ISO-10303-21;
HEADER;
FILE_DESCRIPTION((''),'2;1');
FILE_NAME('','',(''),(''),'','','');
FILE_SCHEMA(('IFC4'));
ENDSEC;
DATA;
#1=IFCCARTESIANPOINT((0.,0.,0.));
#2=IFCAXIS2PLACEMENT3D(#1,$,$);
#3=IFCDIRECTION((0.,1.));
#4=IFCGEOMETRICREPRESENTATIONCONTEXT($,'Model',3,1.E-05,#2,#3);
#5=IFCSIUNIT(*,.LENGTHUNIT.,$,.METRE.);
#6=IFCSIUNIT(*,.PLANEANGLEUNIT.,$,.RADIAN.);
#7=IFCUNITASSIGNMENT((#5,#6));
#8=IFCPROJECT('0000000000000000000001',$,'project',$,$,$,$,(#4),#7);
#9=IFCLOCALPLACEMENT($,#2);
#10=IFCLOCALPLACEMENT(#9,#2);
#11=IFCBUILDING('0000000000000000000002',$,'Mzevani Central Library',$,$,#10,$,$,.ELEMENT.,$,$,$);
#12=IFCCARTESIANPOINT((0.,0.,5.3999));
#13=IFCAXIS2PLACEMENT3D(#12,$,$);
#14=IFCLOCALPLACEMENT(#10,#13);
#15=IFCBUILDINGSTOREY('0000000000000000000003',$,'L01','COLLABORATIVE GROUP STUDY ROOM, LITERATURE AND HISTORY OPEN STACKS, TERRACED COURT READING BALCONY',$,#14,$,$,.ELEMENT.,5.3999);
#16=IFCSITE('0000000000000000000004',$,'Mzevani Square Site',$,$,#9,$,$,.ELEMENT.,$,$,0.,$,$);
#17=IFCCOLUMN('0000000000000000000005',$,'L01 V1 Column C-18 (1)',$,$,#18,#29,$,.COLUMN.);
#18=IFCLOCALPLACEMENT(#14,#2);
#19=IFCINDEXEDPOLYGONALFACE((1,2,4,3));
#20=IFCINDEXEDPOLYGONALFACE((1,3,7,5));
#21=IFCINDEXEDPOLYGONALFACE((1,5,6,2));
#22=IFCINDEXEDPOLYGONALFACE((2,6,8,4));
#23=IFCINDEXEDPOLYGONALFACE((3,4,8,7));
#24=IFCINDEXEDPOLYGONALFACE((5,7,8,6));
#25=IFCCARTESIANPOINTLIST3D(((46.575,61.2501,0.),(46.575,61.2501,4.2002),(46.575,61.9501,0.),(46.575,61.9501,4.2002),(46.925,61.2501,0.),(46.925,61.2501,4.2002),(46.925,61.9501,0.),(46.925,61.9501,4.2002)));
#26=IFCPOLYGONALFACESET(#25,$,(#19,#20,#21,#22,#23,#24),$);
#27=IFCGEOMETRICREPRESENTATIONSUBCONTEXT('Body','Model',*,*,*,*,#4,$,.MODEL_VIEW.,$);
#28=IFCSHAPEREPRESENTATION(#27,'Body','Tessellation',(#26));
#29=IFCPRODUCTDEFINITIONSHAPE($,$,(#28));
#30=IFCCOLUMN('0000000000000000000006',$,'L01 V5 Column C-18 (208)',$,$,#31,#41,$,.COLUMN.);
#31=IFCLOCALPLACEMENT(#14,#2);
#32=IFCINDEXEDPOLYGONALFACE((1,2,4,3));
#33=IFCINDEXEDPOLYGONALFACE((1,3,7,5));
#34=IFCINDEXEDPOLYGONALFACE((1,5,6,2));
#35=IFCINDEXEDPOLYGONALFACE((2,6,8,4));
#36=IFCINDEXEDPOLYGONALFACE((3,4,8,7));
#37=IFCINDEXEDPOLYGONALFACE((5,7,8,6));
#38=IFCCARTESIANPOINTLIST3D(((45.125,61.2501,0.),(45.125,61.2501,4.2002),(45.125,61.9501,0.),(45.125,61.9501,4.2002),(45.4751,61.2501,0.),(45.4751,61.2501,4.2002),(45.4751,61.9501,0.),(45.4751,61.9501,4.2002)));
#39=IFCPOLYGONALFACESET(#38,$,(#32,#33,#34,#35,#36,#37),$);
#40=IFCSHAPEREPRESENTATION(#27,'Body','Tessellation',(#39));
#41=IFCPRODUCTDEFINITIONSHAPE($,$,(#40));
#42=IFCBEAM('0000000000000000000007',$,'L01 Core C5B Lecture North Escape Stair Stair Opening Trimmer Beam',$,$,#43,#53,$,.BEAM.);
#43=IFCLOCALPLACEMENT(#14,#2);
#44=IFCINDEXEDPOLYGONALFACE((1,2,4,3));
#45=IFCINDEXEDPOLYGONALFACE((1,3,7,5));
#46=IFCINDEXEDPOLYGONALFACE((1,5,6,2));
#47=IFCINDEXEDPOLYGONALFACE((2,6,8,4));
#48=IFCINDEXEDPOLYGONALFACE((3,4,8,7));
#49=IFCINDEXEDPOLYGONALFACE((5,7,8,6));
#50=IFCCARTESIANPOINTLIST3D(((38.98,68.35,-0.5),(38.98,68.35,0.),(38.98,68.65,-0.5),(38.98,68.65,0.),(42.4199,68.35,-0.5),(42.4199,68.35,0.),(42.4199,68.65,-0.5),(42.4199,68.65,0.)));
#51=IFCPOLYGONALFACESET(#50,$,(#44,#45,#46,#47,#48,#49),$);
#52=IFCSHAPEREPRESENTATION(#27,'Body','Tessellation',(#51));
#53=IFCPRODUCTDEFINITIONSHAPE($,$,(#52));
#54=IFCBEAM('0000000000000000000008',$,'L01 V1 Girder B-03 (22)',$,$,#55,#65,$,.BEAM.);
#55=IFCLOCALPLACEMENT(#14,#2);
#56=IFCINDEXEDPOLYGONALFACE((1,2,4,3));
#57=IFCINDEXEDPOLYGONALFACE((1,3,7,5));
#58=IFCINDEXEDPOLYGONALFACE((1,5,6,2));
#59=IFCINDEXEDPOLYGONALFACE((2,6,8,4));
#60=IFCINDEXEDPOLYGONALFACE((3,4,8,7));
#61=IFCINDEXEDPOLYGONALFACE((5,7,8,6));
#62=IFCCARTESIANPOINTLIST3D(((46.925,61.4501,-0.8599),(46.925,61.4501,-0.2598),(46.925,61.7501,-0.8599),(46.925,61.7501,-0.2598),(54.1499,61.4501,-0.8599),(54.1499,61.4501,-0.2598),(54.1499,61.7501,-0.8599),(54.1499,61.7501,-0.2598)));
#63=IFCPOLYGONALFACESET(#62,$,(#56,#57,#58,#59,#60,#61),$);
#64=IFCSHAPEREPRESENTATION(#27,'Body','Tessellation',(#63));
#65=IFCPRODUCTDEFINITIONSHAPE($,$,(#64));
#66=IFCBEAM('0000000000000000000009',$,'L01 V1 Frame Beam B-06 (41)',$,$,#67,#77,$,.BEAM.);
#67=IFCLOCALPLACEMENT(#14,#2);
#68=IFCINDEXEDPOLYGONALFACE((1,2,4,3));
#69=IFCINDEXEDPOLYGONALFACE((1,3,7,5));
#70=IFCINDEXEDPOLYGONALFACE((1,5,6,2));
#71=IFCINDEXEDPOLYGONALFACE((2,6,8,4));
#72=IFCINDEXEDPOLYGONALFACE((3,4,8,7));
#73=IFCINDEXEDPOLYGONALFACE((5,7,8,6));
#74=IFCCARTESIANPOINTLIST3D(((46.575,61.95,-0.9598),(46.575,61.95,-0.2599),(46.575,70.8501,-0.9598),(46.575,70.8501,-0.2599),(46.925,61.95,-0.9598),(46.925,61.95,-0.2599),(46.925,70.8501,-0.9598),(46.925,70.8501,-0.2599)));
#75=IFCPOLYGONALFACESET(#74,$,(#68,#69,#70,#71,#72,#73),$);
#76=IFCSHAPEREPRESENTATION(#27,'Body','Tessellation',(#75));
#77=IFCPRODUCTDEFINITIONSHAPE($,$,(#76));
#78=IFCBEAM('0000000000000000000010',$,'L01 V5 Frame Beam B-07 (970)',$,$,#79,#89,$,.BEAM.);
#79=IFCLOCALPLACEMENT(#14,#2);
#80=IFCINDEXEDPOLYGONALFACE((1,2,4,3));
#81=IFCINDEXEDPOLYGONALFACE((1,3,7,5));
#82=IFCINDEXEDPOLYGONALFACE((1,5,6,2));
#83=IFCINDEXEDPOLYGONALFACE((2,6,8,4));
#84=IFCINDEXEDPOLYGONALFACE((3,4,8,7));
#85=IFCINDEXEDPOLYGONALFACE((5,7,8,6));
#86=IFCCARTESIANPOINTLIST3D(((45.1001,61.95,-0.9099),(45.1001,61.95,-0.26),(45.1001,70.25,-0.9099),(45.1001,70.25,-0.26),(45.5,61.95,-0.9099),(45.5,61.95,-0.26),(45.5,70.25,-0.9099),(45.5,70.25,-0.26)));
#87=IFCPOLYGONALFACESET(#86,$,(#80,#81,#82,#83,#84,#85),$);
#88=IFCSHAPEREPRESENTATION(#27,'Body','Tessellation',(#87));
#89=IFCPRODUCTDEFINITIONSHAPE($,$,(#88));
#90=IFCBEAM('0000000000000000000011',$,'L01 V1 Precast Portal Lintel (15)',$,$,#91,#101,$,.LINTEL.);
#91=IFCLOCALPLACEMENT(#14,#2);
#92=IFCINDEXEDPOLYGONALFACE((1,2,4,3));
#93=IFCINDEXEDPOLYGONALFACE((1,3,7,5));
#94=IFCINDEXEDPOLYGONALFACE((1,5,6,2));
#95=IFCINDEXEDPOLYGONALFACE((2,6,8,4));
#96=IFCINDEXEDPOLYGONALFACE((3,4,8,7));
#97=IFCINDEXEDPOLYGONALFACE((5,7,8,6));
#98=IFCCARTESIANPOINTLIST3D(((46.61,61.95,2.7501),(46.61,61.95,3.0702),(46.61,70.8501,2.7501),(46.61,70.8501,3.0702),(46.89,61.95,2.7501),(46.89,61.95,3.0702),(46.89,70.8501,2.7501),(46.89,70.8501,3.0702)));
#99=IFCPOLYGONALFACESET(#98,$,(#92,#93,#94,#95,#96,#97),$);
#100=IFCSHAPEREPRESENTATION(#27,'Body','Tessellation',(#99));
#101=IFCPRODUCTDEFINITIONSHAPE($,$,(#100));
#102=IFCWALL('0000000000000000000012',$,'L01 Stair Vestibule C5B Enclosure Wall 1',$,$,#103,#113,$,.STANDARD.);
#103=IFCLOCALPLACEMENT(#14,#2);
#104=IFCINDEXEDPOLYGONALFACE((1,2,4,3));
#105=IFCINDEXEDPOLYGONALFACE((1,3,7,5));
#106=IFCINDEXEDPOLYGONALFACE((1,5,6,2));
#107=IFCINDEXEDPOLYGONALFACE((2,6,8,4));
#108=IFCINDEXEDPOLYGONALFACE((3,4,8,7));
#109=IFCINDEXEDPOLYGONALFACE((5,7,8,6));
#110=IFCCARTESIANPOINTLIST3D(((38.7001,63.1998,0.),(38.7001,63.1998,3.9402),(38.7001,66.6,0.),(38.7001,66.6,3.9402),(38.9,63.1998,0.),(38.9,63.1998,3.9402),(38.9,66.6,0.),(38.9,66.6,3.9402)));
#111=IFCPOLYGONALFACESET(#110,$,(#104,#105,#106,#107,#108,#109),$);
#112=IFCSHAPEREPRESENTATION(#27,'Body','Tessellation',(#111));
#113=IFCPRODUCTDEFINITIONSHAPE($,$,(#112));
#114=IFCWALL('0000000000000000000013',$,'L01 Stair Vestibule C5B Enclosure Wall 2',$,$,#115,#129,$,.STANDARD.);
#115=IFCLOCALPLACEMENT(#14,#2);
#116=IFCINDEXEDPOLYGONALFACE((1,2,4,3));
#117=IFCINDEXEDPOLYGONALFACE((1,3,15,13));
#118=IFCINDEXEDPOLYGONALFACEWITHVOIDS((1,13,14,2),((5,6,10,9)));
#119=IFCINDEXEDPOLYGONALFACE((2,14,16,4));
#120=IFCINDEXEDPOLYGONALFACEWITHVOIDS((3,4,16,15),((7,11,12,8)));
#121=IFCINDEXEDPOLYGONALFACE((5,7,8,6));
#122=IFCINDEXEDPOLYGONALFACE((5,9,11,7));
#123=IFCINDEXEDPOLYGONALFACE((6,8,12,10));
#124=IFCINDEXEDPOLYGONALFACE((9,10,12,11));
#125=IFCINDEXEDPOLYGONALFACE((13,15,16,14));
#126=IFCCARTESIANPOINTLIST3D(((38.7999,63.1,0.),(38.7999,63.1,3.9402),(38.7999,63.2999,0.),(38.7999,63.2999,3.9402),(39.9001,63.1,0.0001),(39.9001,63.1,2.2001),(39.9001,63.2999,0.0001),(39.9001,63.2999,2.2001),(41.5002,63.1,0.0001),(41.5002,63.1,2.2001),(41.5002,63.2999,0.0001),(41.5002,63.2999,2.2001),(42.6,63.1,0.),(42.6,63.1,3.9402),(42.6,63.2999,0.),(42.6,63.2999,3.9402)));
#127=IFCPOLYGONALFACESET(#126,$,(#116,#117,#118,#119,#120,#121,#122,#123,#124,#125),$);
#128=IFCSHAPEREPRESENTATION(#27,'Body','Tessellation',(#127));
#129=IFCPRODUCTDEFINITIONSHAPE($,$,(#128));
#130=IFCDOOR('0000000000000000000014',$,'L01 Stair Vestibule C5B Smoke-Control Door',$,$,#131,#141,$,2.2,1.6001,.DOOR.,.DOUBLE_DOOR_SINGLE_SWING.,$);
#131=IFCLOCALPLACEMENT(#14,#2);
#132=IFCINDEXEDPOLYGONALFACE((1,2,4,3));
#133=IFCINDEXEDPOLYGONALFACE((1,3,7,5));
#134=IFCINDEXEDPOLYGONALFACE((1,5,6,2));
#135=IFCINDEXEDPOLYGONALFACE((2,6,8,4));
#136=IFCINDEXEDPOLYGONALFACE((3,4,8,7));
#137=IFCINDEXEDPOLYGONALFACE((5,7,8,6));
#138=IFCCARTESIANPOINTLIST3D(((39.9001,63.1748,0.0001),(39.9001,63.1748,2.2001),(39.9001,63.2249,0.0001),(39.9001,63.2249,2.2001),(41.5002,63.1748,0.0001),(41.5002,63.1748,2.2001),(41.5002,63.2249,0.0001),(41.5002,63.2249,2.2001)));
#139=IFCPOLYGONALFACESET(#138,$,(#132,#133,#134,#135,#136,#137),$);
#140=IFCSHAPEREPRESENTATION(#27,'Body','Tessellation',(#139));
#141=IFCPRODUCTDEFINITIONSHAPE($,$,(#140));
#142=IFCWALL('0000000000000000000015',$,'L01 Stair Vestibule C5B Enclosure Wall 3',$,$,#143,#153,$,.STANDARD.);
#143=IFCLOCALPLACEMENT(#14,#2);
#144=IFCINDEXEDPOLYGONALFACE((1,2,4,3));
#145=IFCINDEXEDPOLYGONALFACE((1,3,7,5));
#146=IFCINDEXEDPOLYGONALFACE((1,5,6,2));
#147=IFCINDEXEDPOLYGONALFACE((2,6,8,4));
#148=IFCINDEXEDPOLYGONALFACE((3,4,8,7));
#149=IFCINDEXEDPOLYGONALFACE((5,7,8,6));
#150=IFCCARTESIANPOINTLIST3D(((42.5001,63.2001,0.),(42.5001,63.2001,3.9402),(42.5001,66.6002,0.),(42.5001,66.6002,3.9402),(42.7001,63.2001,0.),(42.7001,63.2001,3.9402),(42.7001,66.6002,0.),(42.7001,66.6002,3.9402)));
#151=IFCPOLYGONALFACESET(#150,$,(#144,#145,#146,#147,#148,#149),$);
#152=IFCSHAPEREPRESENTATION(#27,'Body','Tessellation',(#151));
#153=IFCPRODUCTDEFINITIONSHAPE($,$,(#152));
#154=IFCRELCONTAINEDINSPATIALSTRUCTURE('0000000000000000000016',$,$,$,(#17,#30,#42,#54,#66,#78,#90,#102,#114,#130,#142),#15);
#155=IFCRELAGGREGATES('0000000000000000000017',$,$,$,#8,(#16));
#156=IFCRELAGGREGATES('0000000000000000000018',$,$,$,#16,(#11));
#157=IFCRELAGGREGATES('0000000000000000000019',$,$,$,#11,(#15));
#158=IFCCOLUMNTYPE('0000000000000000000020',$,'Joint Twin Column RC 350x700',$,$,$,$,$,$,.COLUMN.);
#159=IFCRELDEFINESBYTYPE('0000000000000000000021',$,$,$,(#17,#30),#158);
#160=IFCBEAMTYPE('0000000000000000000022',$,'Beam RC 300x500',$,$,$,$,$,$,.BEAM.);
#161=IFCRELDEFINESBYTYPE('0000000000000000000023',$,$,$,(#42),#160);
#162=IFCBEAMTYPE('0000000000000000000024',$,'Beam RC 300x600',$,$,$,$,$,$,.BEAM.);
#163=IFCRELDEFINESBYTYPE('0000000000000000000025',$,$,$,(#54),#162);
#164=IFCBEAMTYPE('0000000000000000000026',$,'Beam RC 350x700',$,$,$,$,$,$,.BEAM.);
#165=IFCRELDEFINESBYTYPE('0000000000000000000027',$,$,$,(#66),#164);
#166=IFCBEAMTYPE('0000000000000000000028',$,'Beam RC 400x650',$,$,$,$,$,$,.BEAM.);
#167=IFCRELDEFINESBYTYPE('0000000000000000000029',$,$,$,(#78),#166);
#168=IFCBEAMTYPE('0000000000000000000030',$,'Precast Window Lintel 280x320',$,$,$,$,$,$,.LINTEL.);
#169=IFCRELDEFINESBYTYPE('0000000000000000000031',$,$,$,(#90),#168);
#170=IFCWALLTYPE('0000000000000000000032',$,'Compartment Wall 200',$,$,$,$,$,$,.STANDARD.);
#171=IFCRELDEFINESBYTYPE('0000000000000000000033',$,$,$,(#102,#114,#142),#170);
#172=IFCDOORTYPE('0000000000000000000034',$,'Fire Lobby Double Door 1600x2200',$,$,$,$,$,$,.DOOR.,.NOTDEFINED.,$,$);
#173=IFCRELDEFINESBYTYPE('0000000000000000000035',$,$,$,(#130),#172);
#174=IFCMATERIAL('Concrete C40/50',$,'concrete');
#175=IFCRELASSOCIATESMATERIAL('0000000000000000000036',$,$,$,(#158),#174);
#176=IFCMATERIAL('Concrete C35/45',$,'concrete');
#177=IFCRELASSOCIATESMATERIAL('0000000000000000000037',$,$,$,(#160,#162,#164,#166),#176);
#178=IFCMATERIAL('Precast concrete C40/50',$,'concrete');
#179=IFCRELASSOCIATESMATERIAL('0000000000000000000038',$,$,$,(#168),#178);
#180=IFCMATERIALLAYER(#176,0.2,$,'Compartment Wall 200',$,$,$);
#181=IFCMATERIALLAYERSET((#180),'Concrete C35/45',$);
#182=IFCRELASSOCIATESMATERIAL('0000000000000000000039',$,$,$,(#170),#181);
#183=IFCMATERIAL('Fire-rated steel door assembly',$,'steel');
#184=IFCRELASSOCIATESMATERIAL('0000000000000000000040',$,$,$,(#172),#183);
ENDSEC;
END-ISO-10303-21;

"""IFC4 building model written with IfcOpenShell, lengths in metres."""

from ifc_helpers import new_model, si_unit, direction, frame, frame_2d, origin, origin_2d, place, context, subcontext, project, spatial, rectangle, extrude, material, layer, layer_set, material_profile, profile_set, type_object, element, fill, save


model = new_model("IFC4")

# Units and contexts
model_context = context("Model", 3, precision=1e-05, world=origin(), true_north=direction((0.0, 1.0)))
body_context = subcontext(model_context, "Body", "Model", "MODEL_VIEW")
ifc_project = project(units=[si_unit("LENGTHUNIT", "METRE"), si_unit("PLANEANGLEUNIT", "RADIAN")], contexts=[model_context])

# Site, building, storey
site_placement = place(None, origin())
site = spatial("IfcSite", under=ifc_project, at=site_placement, Name="Mzevani Square Site", CompositionType="ELEMENT", RefElevation=0.0)
building_placement = place(site_placement, origin())
building = spatial("IfcBuilding", under=site, at=building_placement, Name="Mzevani Central Library", CompositionType="ELEMENT")
storey_placement = place(building_placement, frame((0.0, 0.0, 5.3999)))
storey = spatial("IfcBuildingStorey", under=building, at=storey_placement, Name="L01", Description="COLLABORATIVE GROUP STUDY ROOM, LITERATURE AND HISTORY OPEN STACKS, TERRACED COURT READING BALCONY", CompositionType="ELEMENT", Elevation=5.3999)

# Columns
ifc_material_1 = material(Name="Concrete C40/50", Category="concrete")
ifc_material_profile_1 = material_profile(ifc_material_1, rectangle(XDim=0.3501, YDim=0.7, at=origin_2d()), Name="RC 350x700")
ifc_profile_set_1 = profile_set([ifc_material_profile_1], Name="Concrete C40/50")
column_type = type_object("IfcColumnType", Name="Joint Twin Column RC 350x700", PredefinedType="COLUMN", material=ifc_profile_set_1)
for number, where, z_axis, x_axis, name in (
    (1, (46.75, 61.6001, 0.0), (0.0, 0.0, 1.0), (1.0, 0.0, 0.0), "L01 V1 Column C-18 (1)"),
    (2, (45.3, 61.6001, 0.0), (0.0, 0.0, 1.0), (1.0, 0.0, 0.0), "L01 V5 Column C-18 (208)"),
):
    element("IfcColumn", number, at=place(storey_placement, frame(where, z_axis=z_axis, x_axis=x_axis)), inside=storey, type_object=column_type, Name=name, PredefinedType="COLUMN", context=body_context, shape_type="SweptSolid", body=[
        extrude(rectangle(XDim=0.3501, YDim=0.7, at=origin_2d()), origin(), (0.0, 0.0, 1.0), 4.2002),
    ])

# Beams
ifc_material_2 = material(Name="Concrete C35/45", Category="concrete")
ifc_material_profile_2 = material_profile(ifc_material_2, rectangle(XDim=0.3, YDim=0.5, at=origin_2d()), Name="RC B300x500")
ifc_profile_set_2 = profile_set([ifc_material_profile_2], Name="Concrete C35/45")
beam_type_1 = type_object("IfcBeamType", Name="Beam RC 300x500", PredefinedType="BEAM", material=ifc_profile_set_2)
beam_1_placement = place(storey_placement, frame((38.98, 68.5, -0.25), z_axis=(1.0, 0.0, 0.0), x_axis=(0.0, 1.0, 0.0)))
element("IfcBeam", 3, at=beam_1_placement, inside=storey, type_object=beam_type_1, Name="L01 Core C5B Lecture North Escape Stair Stair Opening Trimmer Beam", PredefinedType="BEAM", context=body_context, shape_type="SweptSolid", body=[
    extrude(rectangle(XDim=0.3, YDim=0.5, at=origin_2d()), origin(), (0.0, 0.0, 1.0), 3.4399),
])
ifc_material_profile_3 = material_profile(ifc_material_2, rectangle(XDim=0.3, YDim=0.6001, at=origin_2d()), Name="RC B300x600")
ifc_profile_set_3 = profile_set([ifc_material_profile_3], Name="Concrete C35/45")
beam_type_2 = type_object("IfcBeamType", Name="Beam RC 300x600", PredefinedType="BEAM", material=ifc_profile_set_3)
beam_2_placement = place(storey_placement, frame((46.925, 61.6001, -0.5598), z_axis=(1.0, 0.0, 0.0), x_axis=(0.0, 1.0, 0.0)))
element("IfcBeam", 4, at=beam_2_placement, inside=storey, type_object=beam_type_2, Name="L01 V1 Girder B-03 (22)", PredefinedType="BEAM", context=body_context, shape_type="SweptSolid", body=[
    extrude(rectangle(XDim=0.3, YDim=0.6001, at=origin_2d()), origin(), (0.0, 0.0, 1.0), 7.2249),
])
ifc_material_profile_4 = material_profile(ifc_material_2, rectangle(XDim=0.3501, YDim=0.7, at=origin_2d()), Name="RC B350x700")
ifc_profile_set_4 = profile_set([ifc_material_profile_4], Name="Concrete C35/45")
beam_type_3 = type_object("IfcBeamType", Name="Beam RC 350x700", PredefinedType="BEAM", material=ifc_profile_set_4)
beam_3_placement = place(storey_placement, frame((46.75, 61.95, -0.6099), z_axis=(0.0, 1.0, 0.0), x_axis=(-1.0, 0.0, 0.0)))
element("IfcBeam", 5, at=beam_3_placement, inside=storey, type_object=beam_type_3, Name="L01 V1 Frame Beam B-06 (41)", PredefinedType="BEAM", context=body_context, shape_type="SweptSolid", body=[
    extrude(rectangle(XDim=0.3501, YDim=0.7, at=origin_2d()), origin(), (0.0, 0.0, 1.0), 8.9001),
])
ifc_material_profile_5 = material_profile(ifc_material_2, rectangle(XDim=0.3999, YDim=0.6499, at=origin_2d()), Name="RC B400x650")
ifc_profile_set_5 = profile_set([ifc_material_profile_5], Name="Concrete C35/45")
beam_type_4 = type_object("IfcBeamType", Name="Beam RC 400x650", PredefinedType="BEAM", material=ifc_profile_set_5)
beam_4_placement = place(storey_placement, frame((45.3, 61.95, -0.585), z_axis=(0.0, 1.0, 0.0), x_axis=(-1.0, 0.0, 0.0)))
element("IfcBeam", 6, at=beam_4_placement, inside=storey, type_object=beam_type_4, Name="L01 V5 Frame Beam B-07 (970)", PredefinedType="BEAM", context=body_context, shape_type="SweptSolid", body=[
    extrude(rectangle(XDim=0.3999, YDim=0.6499, at=origin_2d()), origin(), (0.0, 0.0, 1.0), 8.3),
])
ifc_material_3 = material(Name="Precast concrete C40/50", Category="concrete")
ifc_material_profile_6 = material_profile(ifc_material_3, rectangle(XDim=0.28, YDim=0.3201, at=origin_2d()), Name="PC LN280x320")
ifc_profile_set_6 = profile_set([ifc_material_profile_6], Name="Precast concrete C40/50")
beam_type_5 = type_object("IfcBeamType", Name="Precast Window Lintel 280x320", PredefinedType="LINTEL", material=ifc_profile_set_6)
beam_5_placement = place(storey_placement, frame((46.75, 61.95, 2.9102), z_axis=(0.0, 1.0, 0.0), x_axis=(-1.0, 0.0, 0.0)))
element("IfcBeam", 7, at=beam_5_placement, inside=storey, type_object=beam_type_5, Name="L01 V1 Precast Portal Lintel (15)", PredefinedType="LINTEL", context=body_context, shape_type="SweptSolid", body=[
    extrude(rectangle(XDim=0.28, YDim=0.3201, at=origin_2d()), origin(), (0.0, 0.0, 1.0), 8.9001),
])

# Wall
ifc_layer_1 = layer(ifc_material_2, 0.2, Name="Compartment Wall 200")
ifc_layer_set_1 = layer_set([ifc_layer_1], Name="Concrete C35/45")
wall_type_1 = type_object("IfcWallType", Name="Compartment Wall 200", PredefinedType="STANDARD", material=ifc_layer_set_1)
wall_1_placement = place(storey_placement, frame((38.8, 66.6001, 0.0), z_axis=(0.0, 0.0, 1.0), x_axis=(0.0, -1.0, 0.0)))
element("IfcWall", 8, at=wall_1_placement, inside=storey, type_object=wall_type_1, Name="L01 Stair Vestibule C5B Enclosure Wall 1", PredefinedType="STANDARD", context=body_context, shape_type="SweptSolid", body=[
    extrude(rectangle(XDim=3.4001, YDim=0.2, at=frame_2d((1.7002, 0.0))), origin(), (0.0, 0.0, 1.0), 3.9402),
])

# Wall, opening, door
wall_2_placement = place(storey_placement, frame((38.8, 63.2, 0.0), z_axis=(0.0, 0.0, 1.0), x_axis=(1.0, 0.0, 0.0)))
wall_2 = element("IfcWall", 9, at=wall_2_placement, inside=storey, type_object=wall_type_1, Name="L01 Stair Vestibule C5B Enclosure Wall 2", PredefinedType="STANDARD", context=body_context, shape_type="SweptSolid", body=[
    extrude(rectangle(XDim=3.8, YDim=0.2, at=frame_2d((1.8999, 0.0))), origin(), (0.0, 0.0, 1.0), 3.9402),
])
opening_1_placement = place(wall_2_placement, frame((1.1001, 0.0, 0.0)))
opening_1 = element("IfcOpeningElement", 10, at=opening_1_placement, cuts=wall_2, PredefinedType="OPENING", context=body_context, shape_type="SweptSolid", body=[
    extrude(rectangle(XDim=1.6001, YDim=2.2, at=frame_2d((0.8, 1.1001))), frame((0.0, 0.1099, 0.0), z_axis=(0.0, -1.0, 0.0), x_axis=(1.0, 0.0, 0.0)), (0.0, 0.0, 1.0), 0.22),
])
ifc_material_4 = material(Name="Fire-rated steel door assembly", Category="steel")
door_type_1 = type_object("IfcDoorType", Name="Fire Lobby Double Door 1600x2200", OperationType="NOTDEFINED", PredefinedType="DOOR", material=ifc_material_4)
door_1_placement = place(opening_1_placement, origin())
door_1 = element("IfcDoor", 11, at=door_1_placement, inside=storey, type_object=door_type_1, Name="L01 Stair Vestibule C5B Smoke-Control Door", OperationType="DOUBLE_DOOR_SINGLE_SWING", OverallHeight=2.2, OverallWidth=1.6001, PredefinedType="DOOR", context=body_context, shape_type="SweptSolid", body=[
    extrude(rectangle(XDim=1.6001, YDim=2.2, at=frame_2d((0.8, 1.1001))), frame((0.0, 0.0249, 0.0), z_axis=(0.0, -1.0, 0.0), x_axis=(1.0, 0.0, 0.0)), (0.0, 0.0, 1.0), 0.05),
])
fill(opening_1, door_1)

# Wall
wall_3_placement = place(storey_placement, frame((42.6001, 63.2, 0.0), z_axis=(0.0, 0.0, 1.0), x_axis=(0.0, 1.0, 0.0)))
element("IfcWall", 12, at=wall_3_placement, inside=storey, type_object=wall_type_1, Name="L01 Stair Vestibule C5B Enclosure Wall 3", PredefinedType="STANDARD", context=body_context, shape_type="SweptSolid", body=[
    extrude(rectangle(XDim=3.4001, YDim=0.2, at=frame_2d((1.7002, 0.0))), origin(), (0.0, 0.0, 1.0), 3.9402),
])

save(model, "model.ifc")
